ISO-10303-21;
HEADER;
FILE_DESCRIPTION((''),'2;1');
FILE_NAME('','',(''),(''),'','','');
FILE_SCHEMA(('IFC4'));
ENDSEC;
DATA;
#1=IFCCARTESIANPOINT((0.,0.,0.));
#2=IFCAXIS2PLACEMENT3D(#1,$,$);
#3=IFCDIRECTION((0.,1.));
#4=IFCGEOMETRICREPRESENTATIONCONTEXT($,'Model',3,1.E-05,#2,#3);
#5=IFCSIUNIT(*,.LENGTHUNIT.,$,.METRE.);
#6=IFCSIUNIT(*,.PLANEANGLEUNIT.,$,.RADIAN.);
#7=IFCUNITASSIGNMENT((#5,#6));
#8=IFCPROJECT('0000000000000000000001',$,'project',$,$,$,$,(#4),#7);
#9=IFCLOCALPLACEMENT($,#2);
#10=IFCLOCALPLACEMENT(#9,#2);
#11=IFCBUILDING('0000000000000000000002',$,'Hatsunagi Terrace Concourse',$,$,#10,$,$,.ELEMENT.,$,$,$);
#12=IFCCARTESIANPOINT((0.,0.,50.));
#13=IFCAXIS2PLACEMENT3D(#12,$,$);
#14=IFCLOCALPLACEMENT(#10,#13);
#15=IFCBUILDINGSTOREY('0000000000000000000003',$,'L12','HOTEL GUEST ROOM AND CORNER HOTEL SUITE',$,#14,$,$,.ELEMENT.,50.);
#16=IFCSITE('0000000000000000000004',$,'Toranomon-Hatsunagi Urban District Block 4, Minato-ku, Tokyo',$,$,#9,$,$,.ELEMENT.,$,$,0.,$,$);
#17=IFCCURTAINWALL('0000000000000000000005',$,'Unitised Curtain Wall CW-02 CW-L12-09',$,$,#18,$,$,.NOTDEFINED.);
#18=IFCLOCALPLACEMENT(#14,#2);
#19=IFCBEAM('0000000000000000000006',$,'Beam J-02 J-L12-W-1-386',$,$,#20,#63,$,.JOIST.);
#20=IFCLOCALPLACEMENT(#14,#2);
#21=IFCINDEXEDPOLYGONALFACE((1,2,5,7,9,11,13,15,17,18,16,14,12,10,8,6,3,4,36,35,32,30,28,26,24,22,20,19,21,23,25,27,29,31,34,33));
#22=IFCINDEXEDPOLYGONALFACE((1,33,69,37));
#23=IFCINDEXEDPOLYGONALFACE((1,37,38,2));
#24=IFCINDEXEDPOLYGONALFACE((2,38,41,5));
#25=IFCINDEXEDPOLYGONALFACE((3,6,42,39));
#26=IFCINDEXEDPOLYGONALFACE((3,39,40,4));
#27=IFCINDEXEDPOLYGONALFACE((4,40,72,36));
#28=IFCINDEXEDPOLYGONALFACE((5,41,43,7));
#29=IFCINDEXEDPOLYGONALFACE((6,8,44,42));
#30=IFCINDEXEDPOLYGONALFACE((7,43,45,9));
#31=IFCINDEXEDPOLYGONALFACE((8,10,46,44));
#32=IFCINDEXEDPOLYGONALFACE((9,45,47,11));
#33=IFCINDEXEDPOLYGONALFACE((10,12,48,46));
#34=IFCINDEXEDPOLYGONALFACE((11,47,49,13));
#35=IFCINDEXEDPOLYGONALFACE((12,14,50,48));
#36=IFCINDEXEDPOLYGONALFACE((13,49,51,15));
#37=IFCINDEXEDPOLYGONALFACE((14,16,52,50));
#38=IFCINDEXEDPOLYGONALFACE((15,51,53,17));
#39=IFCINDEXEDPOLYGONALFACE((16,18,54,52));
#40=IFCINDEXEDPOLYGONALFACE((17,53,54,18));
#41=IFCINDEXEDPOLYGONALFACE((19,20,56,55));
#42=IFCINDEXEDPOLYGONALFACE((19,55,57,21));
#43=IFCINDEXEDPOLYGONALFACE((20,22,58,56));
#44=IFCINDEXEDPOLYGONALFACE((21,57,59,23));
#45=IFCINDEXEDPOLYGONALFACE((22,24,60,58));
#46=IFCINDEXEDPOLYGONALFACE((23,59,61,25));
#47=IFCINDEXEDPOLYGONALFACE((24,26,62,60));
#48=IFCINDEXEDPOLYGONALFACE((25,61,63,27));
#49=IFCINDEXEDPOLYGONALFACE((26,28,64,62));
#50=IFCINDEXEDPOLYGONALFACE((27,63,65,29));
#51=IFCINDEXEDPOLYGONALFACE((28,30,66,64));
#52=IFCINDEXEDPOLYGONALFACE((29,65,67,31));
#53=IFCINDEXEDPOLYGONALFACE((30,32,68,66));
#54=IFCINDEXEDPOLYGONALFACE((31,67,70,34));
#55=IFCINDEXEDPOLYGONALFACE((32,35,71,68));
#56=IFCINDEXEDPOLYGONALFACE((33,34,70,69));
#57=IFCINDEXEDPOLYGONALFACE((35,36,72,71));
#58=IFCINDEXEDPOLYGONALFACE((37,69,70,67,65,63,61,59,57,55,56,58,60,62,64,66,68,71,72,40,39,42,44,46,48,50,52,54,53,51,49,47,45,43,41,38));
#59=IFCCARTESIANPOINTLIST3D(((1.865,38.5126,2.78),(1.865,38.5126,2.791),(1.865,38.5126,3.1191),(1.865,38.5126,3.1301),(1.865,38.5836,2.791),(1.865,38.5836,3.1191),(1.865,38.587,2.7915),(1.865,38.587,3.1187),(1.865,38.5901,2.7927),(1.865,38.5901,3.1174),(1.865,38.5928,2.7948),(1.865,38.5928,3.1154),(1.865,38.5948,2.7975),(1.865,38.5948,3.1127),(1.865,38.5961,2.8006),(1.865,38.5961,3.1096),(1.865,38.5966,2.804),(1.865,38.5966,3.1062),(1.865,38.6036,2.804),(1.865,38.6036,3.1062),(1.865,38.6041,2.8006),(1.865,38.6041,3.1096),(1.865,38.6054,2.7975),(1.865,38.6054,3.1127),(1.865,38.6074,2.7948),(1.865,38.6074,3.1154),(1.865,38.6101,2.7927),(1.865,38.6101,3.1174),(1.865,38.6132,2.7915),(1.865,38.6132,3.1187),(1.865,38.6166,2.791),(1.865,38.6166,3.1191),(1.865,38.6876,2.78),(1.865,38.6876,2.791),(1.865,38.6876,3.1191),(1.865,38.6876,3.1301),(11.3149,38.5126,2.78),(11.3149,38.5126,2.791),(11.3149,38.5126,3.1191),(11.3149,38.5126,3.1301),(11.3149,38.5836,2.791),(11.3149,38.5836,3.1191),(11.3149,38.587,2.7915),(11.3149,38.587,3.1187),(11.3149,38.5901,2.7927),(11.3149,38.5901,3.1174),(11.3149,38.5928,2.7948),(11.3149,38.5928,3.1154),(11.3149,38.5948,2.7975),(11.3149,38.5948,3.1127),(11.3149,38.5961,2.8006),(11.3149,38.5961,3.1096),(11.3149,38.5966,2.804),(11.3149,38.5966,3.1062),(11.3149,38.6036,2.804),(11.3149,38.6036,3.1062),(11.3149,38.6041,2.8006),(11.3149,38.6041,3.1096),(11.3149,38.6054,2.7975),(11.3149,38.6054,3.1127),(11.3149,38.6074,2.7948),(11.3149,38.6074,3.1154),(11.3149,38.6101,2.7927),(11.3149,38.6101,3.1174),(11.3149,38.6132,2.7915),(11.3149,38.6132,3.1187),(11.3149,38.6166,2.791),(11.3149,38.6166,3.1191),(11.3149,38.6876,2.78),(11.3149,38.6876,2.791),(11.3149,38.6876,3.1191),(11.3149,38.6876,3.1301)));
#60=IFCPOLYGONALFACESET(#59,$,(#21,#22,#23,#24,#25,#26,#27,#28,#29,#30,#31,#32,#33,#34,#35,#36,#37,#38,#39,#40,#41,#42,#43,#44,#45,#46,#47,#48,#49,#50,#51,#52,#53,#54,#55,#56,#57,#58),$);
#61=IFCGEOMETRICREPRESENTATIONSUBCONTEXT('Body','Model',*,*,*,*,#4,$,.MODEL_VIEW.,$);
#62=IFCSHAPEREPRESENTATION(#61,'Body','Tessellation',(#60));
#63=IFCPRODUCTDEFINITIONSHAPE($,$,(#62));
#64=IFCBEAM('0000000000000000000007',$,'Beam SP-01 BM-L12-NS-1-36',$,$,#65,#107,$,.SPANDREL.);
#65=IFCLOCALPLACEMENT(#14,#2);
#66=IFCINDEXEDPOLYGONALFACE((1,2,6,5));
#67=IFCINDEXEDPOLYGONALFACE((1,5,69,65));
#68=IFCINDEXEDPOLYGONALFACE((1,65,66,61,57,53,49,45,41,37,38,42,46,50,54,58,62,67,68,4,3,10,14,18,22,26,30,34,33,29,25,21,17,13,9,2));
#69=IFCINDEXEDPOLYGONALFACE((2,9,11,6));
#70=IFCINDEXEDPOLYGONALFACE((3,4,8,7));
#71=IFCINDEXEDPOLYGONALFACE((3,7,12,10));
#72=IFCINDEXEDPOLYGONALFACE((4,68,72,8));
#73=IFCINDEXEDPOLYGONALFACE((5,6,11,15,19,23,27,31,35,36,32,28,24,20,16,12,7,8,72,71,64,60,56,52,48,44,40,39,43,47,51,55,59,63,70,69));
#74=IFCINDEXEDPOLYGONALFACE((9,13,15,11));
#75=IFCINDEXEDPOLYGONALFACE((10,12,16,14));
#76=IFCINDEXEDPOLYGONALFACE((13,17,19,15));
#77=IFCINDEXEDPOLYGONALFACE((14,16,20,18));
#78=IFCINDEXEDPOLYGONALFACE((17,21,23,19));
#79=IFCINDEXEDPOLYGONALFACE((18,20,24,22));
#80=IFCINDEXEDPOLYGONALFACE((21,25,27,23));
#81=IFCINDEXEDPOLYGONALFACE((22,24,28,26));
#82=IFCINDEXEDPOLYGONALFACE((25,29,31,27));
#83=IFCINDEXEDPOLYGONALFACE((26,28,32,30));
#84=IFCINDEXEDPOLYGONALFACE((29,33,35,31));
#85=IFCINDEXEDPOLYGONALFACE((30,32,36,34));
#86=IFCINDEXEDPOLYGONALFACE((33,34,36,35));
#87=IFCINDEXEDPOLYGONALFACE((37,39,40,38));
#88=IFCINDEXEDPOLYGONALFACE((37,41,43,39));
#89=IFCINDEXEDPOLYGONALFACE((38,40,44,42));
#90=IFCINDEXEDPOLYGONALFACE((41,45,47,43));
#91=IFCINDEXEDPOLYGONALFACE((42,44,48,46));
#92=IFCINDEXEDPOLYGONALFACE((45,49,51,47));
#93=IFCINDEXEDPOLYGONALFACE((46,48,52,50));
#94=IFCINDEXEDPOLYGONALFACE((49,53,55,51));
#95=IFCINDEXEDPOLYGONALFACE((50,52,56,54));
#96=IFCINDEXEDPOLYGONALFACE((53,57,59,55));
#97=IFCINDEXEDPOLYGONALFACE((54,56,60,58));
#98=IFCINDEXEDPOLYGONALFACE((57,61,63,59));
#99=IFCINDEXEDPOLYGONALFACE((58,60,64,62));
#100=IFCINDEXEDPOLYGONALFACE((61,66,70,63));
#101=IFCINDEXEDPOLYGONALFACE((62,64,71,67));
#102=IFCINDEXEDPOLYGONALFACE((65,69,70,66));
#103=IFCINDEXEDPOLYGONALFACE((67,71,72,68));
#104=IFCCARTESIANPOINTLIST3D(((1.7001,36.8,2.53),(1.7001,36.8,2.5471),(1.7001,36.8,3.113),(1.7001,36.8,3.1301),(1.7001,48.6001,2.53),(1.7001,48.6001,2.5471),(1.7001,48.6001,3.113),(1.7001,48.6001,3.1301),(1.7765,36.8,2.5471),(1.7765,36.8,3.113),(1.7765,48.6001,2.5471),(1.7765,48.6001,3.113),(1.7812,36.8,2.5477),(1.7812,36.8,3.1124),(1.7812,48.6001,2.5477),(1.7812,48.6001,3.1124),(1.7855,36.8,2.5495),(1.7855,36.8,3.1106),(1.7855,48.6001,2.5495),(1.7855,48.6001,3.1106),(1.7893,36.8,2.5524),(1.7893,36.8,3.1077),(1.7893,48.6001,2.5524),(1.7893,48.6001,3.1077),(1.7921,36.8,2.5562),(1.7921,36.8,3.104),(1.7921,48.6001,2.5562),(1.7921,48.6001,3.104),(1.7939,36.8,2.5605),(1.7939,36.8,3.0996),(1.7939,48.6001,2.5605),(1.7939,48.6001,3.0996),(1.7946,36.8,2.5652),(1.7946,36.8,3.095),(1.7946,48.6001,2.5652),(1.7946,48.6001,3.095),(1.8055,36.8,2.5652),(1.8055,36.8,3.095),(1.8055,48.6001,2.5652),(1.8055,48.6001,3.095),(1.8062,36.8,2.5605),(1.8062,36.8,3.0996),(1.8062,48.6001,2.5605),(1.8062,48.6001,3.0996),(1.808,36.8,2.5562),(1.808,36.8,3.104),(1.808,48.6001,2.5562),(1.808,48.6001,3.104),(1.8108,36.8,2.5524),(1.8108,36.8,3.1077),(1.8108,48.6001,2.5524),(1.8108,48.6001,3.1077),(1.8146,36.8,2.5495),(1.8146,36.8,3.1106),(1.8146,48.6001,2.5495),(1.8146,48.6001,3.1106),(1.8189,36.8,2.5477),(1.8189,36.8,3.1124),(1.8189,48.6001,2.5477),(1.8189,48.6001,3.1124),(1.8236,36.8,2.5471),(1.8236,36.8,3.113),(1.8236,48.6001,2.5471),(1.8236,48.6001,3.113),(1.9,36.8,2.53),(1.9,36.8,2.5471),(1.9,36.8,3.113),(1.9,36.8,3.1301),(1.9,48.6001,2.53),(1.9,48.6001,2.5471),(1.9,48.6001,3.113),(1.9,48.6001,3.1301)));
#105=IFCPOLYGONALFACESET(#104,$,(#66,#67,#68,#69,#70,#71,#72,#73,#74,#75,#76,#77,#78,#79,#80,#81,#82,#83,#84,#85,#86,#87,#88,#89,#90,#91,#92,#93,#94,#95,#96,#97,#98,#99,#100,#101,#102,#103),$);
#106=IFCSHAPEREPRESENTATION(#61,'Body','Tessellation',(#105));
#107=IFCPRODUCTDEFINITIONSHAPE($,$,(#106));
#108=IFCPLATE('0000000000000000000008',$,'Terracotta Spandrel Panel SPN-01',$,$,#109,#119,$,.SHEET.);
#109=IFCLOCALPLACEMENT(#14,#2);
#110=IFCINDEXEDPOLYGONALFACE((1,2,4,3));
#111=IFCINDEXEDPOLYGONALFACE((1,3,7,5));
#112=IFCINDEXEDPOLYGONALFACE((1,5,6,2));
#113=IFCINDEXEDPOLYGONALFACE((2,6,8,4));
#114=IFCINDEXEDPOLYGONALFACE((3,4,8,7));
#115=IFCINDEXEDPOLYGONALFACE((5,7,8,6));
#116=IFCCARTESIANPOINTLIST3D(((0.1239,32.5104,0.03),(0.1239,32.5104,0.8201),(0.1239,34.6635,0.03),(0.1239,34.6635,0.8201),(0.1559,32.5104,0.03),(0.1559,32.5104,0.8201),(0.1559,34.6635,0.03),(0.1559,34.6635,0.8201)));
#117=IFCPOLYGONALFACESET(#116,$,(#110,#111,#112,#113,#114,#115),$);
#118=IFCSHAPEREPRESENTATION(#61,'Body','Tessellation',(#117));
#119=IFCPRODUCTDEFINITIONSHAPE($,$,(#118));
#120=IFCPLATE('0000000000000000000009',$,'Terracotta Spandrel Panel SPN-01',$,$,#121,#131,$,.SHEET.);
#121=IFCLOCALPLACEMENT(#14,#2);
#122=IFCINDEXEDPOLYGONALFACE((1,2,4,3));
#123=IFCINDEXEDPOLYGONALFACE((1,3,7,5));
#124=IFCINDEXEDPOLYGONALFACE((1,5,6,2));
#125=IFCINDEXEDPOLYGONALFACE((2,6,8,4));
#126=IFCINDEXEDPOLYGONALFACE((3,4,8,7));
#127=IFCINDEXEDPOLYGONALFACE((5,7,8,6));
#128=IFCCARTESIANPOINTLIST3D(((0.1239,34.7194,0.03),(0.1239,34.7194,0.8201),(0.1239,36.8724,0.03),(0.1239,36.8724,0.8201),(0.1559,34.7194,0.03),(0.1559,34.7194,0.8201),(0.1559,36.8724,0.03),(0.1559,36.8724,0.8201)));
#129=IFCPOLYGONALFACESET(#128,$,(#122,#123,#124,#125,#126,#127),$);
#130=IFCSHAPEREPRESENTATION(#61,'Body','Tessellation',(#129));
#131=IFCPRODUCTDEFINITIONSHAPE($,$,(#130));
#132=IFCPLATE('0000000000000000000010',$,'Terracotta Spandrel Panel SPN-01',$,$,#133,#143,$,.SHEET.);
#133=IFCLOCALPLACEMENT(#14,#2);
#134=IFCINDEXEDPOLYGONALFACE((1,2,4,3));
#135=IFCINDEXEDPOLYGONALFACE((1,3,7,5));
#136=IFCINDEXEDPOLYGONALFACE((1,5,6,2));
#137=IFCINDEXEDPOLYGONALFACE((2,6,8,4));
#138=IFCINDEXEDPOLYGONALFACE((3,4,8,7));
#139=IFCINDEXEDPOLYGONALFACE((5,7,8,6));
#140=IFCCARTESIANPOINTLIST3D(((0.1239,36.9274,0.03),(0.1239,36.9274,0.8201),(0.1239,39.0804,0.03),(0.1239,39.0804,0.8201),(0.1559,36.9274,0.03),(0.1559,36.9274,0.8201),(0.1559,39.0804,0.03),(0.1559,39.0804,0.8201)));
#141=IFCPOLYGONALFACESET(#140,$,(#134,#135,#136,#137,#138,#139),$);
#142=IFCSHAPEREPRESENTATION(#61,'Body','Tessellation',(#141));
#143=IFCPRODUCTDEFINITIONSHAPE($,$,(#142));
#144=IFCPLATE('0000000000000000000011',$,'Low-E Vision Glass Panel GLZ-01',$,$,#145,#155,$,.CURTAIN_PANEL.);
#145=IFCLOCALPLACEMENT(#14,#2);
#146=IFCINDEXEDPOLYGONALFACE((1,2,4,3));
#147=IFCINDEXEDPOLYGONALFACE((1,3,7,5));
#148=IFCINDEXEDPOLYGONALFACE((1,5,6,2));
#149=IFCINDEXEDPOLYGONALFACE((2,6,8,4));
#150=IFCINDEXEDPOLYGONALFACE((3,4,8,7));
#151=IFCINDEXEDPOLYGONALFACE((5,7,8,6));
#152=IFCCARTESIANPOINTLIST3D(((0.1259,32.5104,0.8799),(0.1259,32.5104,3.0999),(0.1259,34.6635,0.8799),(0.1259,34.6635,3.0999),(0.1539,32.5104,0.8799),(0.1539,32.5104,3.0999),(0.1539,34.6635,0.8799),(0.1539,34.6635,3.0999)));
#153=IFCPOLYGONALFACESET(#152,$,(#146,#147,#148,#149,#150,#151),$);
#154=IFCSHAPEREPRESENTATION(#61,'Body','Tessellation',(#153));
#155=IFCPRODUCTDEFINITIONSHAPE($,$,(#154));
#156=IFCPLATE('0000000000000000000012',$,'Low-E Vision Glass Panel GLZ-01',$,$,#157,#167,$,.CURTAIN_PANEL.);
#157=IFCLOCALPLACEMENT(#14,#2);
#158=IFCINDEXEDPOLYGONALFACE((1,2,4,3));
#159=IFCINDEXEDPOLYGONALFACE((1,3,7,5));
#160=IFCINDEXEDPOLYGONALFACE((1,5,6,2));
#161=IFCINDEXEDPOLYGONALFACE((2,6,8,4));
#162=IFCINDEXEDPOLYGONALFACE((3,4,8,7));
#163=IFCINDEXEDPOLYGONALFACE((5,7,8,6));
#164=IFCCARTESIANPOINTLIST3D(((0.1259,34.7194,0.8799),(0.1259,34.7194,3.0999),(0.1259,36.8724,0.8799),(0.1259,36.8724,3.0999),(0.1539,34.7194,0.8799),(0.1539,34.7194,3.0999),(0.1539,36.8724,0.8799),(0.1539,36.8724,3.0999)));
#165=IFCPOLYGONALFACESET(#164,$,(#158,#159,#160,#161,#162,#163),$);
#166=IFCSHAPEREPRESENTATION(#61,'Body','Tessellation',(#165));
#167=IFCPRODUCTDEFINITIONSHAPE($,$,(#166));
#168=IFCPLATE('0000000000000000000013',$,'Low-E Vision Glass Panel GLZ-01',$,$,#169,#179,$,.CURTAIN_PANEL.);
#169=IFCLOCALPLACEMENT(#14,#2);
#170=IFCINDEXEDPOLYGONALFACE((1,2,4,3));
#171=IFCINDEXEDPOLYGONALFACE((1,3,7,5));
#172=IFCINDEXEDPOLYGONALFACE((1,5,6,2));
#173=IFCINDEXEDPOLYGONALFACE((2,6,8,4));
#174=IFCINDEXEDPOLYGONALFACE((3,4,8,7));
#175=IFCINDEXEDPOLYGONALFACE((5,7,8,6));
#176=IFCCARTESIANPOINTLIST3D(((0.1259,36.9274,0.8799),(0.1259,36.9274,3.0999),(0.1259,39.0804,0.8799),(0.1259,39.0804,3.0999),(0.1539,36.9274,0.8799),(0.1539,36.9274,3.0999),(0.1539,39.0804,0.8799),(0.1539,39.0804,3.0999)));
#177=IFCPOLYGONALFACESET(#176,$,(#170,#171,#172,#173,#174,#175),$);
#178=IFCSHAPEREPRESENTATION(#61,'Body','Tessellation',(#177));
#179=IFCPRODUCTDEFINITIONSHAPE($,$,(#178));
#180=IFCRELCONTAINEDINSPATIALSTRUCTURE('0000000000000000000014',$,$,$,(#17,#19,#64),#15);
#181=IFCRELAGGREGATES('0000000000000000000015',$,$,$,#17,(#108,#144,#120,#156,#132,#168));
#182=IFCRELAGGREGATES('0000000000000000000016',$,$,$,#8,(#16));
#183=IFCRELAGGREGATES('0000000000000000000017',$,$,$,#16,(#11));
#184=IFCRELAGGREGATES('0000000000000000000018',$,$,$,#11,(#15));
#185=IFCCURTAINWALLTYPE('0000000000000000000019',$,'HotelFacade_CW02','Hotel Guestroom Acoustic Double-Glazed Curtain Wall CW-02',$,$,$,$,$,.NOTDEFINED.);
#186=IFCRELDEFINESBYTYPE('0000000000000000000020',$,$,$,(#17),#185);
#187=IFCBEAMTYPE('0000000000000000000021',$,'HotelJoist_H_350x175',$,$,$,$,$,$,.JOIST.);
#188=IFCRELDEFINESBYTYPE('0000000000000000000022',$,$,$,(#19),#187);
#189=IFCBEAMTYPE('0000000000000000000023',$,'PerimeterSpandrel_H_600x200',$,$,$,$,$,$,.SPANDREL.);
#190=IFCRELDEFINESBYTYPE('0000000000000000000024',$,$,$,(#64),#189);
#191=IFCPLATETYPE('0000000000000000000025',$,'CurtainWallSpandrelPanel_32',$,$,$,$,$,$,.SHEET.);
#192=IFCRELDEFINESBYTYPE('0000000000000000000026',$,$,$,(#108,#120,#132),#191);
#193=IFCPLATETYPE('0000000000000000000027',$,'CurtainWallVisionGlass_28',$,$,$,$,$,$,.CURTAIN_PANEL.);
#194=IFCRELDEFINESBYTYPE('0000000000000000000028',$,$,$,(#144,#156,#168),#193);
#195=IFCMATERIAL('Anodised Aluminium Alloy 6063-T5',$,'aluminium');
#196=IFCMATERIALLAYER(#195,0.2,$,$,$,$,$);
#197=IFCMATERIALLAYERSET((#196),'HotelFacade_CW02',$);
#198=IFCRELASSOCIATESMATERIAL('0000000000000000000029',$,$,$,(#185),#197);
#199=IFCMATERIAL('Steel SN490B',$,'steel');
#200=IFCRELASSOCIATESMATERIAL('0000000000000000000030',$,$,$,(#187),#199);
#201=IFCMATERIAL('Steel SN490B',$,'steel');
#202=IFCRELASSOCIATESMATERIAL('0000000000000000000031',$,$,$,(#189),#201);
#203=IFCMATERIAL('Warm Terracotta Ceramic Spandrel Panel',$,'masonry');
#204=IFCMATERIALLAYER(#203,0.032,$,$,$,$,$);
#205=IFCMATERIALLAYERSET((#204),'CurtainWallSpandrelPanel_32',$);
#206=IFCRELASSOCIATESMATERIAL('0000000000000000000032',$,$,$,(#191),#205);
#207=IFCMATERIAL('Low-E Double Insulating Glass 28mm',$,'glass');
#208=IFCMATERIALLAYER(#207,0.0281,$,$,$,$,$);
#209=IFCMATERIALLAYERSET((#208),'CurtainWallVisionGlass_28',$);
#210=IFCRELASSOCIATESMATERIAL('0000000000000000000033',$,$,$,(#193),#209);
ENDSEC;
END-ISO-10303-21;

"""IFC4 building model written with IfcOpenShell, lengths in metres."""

from ifc_helpers import new_model, si_unit, direction, frame, origin, origin_2d, place, context, subcontext, project, spatial, rectangle, i_section, extrude, material, layer, layer_set, material_profile, profile_set, type_object, element, aggregate, save


model = new_model("IFC4")

# Units and contexts
model_context = context("Model", 3, precision=1e-05, world=origin(), true_north=direction((0.0, 1.0)))
body_context = subcontext(model_context, "Body", "Model", "MODEL_VIEW")
ifc_project = project(units=[si_unit("LENGTHUNIT", "METRE"), si_unit("PLANEANGLEUNIT", "RADIAN")], contexts=[model_context])

# Site, building, storey
site_placement = place(None, origin())
site = spatial("IfcSite", under=ifc_project, at=site_placement, Name="Toranomon-Hatsunagi Urban District Block 4, Minato-ku, Tokyo", CompositionType="ELEMENT", RefElevation=0.0)
building_placement = place(site_placement, origin())
building = spatial("IfcBuilding", under=site, at=building_placement, Name="Hatsunagi Terrace Concourse", CompositionType="ELEMENT")
storey_placement = place(building_placement, frame((0.0, 0.0, 50.0)))
storey = spatial("IfcBuildingStorey", under=building, at=storey_placement, Name="L12", Description="HOTEL GUEST ROOM AND CORNER HOTEL SUITE", CompositionType="ELEMENT", Elevation=50.0)

# Curtain wall
ifc_material_1 = material(Name="Anodised Aluminium Alloy 6063-T5", Category="aluminium")
ifc_layer_1 = layer(ifc_material_1, 0.2)
ifc_layer_set_1 = layer_set([ifc_layer_1], Name="HotelFacade_CW02")
curtain_wall_type = type_object("IfcCurtainWallType", Name="HotelFacade_CW02", Description="Hotel Guestroom Acoustic Double-Glazed Curtain Wall CW-02", PredefinedType="NOTDEFINED", material=ifc_layer_set_1)
curtain_wall_placement = place(storey_placement, origin())
curtain_wall = element("IfcCurtainWall", 1, at=curtain_wall_placement, inside=storey, type_object=curtain_wall_type, Name="Unitised Curtain Wall CW-02 CW-L12-09", PredefinedType="NOTDEFINED")

# Beams
ifc_material_2 = material(Name="Steel SN490B", Category="steel")
ifc_material_profile_1 = material_profile(ifc_material_2, i_section(OverallWidth=0.175, OverallDepth=0.3501, WebThickness=0.0071, FlangeThickness=0.011, FilletRadius=0.0129, at=origin_2d()), Name="H-350x175x7x11")
ifc_profile_set_1 = profile_set([ifc_material_profile_1], Name="Steel SN490B")
beam_type_1 = type_object("IfcBeamType", Name="HotelJoist_H_350x175", PredefinedType="JOIST", material=ifc_profile_set_1)
for number, where, z_axis, x_axis, name in (
    (2, (1.865, 38.6001, 2.9551), (1.0, 0.0, 0.0), (0.0, 1.0, 0.0), "Beam J-02 J-L12-W-1-386"),
):
    element("IfcBeam", number, at=place(storey_placement, frame(where, z_axis=z_axis, x_axis=x_axis)), inside=storey, type_object=beam_type_1, Name=name, PredefinedType="JOIST", context=body_context, shape_type="SweptSolid", body=[
        extrude(i_section(OverallWidth=0.175, OverallDepth=0.3501, WebThickness=0.0071, FlangeThickness=0.011, FilletRadius=0.0129, at=origin_2d()), origin(), (0.0, 0.0, 1.0), 9.45),
    ])
ifc_material_3 = material(Name="Steel SN490B", Category="steel")
ifc_material_profile_2 = material_profile(ifc_material_3, i_section(OverallWidth=0.2, OverallDepth=0.6001, WebThickness=0.011, FlangeThickness=0.0171, FilletRadius=0.0181, at=origin_2d()), Name="H-600x200x11x17")
ifc_profile_set_2 = profile_set([ifc_material_profile_2], Name="Steel SN490B")
beam_type_2 = type_object("IfcBeamType", Name="PerimeterSpandrel_H_600x200", PredefinedType="SPANDREL", material=ifc_profile_set_2)
beam_1_placement = place(storey_placement, frame((1.8, 36.8, 2.8301), z_axis=(0.0, 1.0, 0.0), x_axis=(-1.0, 0.0, 0.0)))
element("IfcBeam", 3, at=beam_1_placement, inside=storey, type_object=beam_type_2, Name="Beam SP-01 BM-L12-NS-1-36", PredefinedType="SPANDREL", context=body_context, shape_type="SweptSolid", body=[
    extrude(i_section(OverallWidth=0.2, OverallDepth=0.6001, WebThickness=0.011, FlangeThickness=0.0171, FilletRadius=0.0181, at=origin_2d()), origin(), (0.0, 0.0, 1.0), 11.8),
])

# Plates
ifc_material_4 = material(Name="Warm Terracotta Ceramic Spandrel Panel", Category="masonry")
ifc_layer_2 = layer(ifc_material_4, 0.032)
ifc_layer_set_2 = layer_set([ifc_layer_2], Name="CurtainWallSpandrelPanel_32")
plate_type_1 = type_object("IfcPlateType", Name="CurtainWallSpandrelPanel_32", PredefinedType="SHEET", material=ifc_layer_set_2)
plate_1_placement = place(storey_placement, frame((0.1399, 33.5869, 0.03), z_axis=(0.0, 0.0, 1.0), x_axis=(0.0, 1.0, 0.0)))
plate_1 = element("IfcPlate", 4, at=plate_1_placement, type_object=plate_type_1, Name="Terracotta Spandrel Panel SPN-01", PredefinedType="SHEET", context=body_context, shape_type="SweptSolid", body=[
    extrude(rectangle(XDim=2.1531, YDim=0.032, at=origin_2d()), origin(), (0.0, 0.0, 1.0), 0.79),
])
plate_2_placement = place(storey_placement, frame((0.1399, 35.7959, 0.03), z_axis=(0.0, 0.0, 1.0), x_axis=(0.0, 1.0, 0.0)))
plate_2 = element("IfcPlate", 5, at=plate_2_placement, type_object=plate_type_1, Name="Terracotta Spandrel Panel SPN-01", PredefinedType="SHEET", context=body_context, shape_type="SweptSolid", body=[
    extrude(rectangle(XDim=2.1531, YDim=0.032, at=origin_2d()), origin(), (0.0, 0.0, 1.0), 0.79),
])
plate_3_placement = place(storey_placement, frame((0.1399, 38.0039, 0.03), z_axis=(0.0, 0.0, 1.0), x_axis=(0.0, 1.0, 0.0)))
plate_3 = element("IfcPlate", 6, at=plate_3_placement, type_object=plate_type_1, Name="Terracotta Spandrel Panel SPN-01", PredefinedType="SHEET", context=body_context, shape_type="SweptSolid", body=[
    extrude(rectangle(XDim=2.1531, YDim=0.032, at=origin_2d()), origin(), (0.0, 0.0, 1.0), 0.79),
])
ifc_material_5 = material(Name="Low-E Double Insulating Glass 28mm", Category="glass")
ifc_layer_3 = layer(ifc_material_5, 0.0281)
ifc_layer_set_3 = layer_set([ifc_layer_3], Name="CurtainWallVisionGlass_28")
plate_type_2 = type_object("IfcPlateType", Name="CurtainWallVisionGlass_28", PredefinedType="CURTAIN_PANEL", material=ifc_layer_set_3)
plate_4_placement = place(storey_placement, frame((0.1399, 33.5869, 0.8799), z_axis=(0.0, 0.0, 1.0), x_axis=(0.0, 1.0, 0.0)))
plate_4 = element("IfcPlate", 7, at=plate_4_placement, type_object=plate_type_2, Name="Low-E Vision Glass Panel GLZ-01", PredefinedType="CURTAIN_PANEL", context=body_context, shape_type="SweptSolid", body=[
    extrude(rectangle(XDim=2.1531, YDim=0.0281, at=origin_2d()), origin(), (0.0, 0.0, 1.0), 2.22),
])
plate_5_placement = place(storey_placement, frame((0.1399, 35.7959, 0.8799), z_axis=(0.0, 0.0, 1.0), x_axis=(0.0, 1.0, 0.0)))
plate_5 = element("IfcPlate", 8, at=plate_5_placement, type_object=plate_type_2, Name="Low-E Vision Glass Panel GLZ-01", PredefinedType="CURTAIN_PANEL", context=body_context, shape_type="SweptSolid", body=[
    extrude(rectangle(XDim=2.1531, YDim=0.0281, at=origin_2d()), origin(), (0.0, 0.0, 1.0), 2.22),
])
plate_6_placement = place(storey_placement, frame((0.1399, 38.0039, 0.8799), z_axis=(0.0, 0.0, 1.0), x_axis=(0.0, 1.0, 0.0)))
plate_6 = element("IfcPlate", 9, at=plate_6_placement, type_object=plate_type_2, Name="Low-E Vision Glass Panel GLZ-01", PredefinedType="CURTAIN_PANEL", context=body_context, shape_type="SweptSolid", body=[
    extrude(rectangle(XDim=2.1531, YDim=0.0281, at=origin_2d()), origin(), (0.0, 0.0, 1.0), 2.22),
])
aggregate(curtain_wall, [plate_1, plate_4, plate_2, plate_5, plate_3, plate_6])

save(model, "model.ifc")
